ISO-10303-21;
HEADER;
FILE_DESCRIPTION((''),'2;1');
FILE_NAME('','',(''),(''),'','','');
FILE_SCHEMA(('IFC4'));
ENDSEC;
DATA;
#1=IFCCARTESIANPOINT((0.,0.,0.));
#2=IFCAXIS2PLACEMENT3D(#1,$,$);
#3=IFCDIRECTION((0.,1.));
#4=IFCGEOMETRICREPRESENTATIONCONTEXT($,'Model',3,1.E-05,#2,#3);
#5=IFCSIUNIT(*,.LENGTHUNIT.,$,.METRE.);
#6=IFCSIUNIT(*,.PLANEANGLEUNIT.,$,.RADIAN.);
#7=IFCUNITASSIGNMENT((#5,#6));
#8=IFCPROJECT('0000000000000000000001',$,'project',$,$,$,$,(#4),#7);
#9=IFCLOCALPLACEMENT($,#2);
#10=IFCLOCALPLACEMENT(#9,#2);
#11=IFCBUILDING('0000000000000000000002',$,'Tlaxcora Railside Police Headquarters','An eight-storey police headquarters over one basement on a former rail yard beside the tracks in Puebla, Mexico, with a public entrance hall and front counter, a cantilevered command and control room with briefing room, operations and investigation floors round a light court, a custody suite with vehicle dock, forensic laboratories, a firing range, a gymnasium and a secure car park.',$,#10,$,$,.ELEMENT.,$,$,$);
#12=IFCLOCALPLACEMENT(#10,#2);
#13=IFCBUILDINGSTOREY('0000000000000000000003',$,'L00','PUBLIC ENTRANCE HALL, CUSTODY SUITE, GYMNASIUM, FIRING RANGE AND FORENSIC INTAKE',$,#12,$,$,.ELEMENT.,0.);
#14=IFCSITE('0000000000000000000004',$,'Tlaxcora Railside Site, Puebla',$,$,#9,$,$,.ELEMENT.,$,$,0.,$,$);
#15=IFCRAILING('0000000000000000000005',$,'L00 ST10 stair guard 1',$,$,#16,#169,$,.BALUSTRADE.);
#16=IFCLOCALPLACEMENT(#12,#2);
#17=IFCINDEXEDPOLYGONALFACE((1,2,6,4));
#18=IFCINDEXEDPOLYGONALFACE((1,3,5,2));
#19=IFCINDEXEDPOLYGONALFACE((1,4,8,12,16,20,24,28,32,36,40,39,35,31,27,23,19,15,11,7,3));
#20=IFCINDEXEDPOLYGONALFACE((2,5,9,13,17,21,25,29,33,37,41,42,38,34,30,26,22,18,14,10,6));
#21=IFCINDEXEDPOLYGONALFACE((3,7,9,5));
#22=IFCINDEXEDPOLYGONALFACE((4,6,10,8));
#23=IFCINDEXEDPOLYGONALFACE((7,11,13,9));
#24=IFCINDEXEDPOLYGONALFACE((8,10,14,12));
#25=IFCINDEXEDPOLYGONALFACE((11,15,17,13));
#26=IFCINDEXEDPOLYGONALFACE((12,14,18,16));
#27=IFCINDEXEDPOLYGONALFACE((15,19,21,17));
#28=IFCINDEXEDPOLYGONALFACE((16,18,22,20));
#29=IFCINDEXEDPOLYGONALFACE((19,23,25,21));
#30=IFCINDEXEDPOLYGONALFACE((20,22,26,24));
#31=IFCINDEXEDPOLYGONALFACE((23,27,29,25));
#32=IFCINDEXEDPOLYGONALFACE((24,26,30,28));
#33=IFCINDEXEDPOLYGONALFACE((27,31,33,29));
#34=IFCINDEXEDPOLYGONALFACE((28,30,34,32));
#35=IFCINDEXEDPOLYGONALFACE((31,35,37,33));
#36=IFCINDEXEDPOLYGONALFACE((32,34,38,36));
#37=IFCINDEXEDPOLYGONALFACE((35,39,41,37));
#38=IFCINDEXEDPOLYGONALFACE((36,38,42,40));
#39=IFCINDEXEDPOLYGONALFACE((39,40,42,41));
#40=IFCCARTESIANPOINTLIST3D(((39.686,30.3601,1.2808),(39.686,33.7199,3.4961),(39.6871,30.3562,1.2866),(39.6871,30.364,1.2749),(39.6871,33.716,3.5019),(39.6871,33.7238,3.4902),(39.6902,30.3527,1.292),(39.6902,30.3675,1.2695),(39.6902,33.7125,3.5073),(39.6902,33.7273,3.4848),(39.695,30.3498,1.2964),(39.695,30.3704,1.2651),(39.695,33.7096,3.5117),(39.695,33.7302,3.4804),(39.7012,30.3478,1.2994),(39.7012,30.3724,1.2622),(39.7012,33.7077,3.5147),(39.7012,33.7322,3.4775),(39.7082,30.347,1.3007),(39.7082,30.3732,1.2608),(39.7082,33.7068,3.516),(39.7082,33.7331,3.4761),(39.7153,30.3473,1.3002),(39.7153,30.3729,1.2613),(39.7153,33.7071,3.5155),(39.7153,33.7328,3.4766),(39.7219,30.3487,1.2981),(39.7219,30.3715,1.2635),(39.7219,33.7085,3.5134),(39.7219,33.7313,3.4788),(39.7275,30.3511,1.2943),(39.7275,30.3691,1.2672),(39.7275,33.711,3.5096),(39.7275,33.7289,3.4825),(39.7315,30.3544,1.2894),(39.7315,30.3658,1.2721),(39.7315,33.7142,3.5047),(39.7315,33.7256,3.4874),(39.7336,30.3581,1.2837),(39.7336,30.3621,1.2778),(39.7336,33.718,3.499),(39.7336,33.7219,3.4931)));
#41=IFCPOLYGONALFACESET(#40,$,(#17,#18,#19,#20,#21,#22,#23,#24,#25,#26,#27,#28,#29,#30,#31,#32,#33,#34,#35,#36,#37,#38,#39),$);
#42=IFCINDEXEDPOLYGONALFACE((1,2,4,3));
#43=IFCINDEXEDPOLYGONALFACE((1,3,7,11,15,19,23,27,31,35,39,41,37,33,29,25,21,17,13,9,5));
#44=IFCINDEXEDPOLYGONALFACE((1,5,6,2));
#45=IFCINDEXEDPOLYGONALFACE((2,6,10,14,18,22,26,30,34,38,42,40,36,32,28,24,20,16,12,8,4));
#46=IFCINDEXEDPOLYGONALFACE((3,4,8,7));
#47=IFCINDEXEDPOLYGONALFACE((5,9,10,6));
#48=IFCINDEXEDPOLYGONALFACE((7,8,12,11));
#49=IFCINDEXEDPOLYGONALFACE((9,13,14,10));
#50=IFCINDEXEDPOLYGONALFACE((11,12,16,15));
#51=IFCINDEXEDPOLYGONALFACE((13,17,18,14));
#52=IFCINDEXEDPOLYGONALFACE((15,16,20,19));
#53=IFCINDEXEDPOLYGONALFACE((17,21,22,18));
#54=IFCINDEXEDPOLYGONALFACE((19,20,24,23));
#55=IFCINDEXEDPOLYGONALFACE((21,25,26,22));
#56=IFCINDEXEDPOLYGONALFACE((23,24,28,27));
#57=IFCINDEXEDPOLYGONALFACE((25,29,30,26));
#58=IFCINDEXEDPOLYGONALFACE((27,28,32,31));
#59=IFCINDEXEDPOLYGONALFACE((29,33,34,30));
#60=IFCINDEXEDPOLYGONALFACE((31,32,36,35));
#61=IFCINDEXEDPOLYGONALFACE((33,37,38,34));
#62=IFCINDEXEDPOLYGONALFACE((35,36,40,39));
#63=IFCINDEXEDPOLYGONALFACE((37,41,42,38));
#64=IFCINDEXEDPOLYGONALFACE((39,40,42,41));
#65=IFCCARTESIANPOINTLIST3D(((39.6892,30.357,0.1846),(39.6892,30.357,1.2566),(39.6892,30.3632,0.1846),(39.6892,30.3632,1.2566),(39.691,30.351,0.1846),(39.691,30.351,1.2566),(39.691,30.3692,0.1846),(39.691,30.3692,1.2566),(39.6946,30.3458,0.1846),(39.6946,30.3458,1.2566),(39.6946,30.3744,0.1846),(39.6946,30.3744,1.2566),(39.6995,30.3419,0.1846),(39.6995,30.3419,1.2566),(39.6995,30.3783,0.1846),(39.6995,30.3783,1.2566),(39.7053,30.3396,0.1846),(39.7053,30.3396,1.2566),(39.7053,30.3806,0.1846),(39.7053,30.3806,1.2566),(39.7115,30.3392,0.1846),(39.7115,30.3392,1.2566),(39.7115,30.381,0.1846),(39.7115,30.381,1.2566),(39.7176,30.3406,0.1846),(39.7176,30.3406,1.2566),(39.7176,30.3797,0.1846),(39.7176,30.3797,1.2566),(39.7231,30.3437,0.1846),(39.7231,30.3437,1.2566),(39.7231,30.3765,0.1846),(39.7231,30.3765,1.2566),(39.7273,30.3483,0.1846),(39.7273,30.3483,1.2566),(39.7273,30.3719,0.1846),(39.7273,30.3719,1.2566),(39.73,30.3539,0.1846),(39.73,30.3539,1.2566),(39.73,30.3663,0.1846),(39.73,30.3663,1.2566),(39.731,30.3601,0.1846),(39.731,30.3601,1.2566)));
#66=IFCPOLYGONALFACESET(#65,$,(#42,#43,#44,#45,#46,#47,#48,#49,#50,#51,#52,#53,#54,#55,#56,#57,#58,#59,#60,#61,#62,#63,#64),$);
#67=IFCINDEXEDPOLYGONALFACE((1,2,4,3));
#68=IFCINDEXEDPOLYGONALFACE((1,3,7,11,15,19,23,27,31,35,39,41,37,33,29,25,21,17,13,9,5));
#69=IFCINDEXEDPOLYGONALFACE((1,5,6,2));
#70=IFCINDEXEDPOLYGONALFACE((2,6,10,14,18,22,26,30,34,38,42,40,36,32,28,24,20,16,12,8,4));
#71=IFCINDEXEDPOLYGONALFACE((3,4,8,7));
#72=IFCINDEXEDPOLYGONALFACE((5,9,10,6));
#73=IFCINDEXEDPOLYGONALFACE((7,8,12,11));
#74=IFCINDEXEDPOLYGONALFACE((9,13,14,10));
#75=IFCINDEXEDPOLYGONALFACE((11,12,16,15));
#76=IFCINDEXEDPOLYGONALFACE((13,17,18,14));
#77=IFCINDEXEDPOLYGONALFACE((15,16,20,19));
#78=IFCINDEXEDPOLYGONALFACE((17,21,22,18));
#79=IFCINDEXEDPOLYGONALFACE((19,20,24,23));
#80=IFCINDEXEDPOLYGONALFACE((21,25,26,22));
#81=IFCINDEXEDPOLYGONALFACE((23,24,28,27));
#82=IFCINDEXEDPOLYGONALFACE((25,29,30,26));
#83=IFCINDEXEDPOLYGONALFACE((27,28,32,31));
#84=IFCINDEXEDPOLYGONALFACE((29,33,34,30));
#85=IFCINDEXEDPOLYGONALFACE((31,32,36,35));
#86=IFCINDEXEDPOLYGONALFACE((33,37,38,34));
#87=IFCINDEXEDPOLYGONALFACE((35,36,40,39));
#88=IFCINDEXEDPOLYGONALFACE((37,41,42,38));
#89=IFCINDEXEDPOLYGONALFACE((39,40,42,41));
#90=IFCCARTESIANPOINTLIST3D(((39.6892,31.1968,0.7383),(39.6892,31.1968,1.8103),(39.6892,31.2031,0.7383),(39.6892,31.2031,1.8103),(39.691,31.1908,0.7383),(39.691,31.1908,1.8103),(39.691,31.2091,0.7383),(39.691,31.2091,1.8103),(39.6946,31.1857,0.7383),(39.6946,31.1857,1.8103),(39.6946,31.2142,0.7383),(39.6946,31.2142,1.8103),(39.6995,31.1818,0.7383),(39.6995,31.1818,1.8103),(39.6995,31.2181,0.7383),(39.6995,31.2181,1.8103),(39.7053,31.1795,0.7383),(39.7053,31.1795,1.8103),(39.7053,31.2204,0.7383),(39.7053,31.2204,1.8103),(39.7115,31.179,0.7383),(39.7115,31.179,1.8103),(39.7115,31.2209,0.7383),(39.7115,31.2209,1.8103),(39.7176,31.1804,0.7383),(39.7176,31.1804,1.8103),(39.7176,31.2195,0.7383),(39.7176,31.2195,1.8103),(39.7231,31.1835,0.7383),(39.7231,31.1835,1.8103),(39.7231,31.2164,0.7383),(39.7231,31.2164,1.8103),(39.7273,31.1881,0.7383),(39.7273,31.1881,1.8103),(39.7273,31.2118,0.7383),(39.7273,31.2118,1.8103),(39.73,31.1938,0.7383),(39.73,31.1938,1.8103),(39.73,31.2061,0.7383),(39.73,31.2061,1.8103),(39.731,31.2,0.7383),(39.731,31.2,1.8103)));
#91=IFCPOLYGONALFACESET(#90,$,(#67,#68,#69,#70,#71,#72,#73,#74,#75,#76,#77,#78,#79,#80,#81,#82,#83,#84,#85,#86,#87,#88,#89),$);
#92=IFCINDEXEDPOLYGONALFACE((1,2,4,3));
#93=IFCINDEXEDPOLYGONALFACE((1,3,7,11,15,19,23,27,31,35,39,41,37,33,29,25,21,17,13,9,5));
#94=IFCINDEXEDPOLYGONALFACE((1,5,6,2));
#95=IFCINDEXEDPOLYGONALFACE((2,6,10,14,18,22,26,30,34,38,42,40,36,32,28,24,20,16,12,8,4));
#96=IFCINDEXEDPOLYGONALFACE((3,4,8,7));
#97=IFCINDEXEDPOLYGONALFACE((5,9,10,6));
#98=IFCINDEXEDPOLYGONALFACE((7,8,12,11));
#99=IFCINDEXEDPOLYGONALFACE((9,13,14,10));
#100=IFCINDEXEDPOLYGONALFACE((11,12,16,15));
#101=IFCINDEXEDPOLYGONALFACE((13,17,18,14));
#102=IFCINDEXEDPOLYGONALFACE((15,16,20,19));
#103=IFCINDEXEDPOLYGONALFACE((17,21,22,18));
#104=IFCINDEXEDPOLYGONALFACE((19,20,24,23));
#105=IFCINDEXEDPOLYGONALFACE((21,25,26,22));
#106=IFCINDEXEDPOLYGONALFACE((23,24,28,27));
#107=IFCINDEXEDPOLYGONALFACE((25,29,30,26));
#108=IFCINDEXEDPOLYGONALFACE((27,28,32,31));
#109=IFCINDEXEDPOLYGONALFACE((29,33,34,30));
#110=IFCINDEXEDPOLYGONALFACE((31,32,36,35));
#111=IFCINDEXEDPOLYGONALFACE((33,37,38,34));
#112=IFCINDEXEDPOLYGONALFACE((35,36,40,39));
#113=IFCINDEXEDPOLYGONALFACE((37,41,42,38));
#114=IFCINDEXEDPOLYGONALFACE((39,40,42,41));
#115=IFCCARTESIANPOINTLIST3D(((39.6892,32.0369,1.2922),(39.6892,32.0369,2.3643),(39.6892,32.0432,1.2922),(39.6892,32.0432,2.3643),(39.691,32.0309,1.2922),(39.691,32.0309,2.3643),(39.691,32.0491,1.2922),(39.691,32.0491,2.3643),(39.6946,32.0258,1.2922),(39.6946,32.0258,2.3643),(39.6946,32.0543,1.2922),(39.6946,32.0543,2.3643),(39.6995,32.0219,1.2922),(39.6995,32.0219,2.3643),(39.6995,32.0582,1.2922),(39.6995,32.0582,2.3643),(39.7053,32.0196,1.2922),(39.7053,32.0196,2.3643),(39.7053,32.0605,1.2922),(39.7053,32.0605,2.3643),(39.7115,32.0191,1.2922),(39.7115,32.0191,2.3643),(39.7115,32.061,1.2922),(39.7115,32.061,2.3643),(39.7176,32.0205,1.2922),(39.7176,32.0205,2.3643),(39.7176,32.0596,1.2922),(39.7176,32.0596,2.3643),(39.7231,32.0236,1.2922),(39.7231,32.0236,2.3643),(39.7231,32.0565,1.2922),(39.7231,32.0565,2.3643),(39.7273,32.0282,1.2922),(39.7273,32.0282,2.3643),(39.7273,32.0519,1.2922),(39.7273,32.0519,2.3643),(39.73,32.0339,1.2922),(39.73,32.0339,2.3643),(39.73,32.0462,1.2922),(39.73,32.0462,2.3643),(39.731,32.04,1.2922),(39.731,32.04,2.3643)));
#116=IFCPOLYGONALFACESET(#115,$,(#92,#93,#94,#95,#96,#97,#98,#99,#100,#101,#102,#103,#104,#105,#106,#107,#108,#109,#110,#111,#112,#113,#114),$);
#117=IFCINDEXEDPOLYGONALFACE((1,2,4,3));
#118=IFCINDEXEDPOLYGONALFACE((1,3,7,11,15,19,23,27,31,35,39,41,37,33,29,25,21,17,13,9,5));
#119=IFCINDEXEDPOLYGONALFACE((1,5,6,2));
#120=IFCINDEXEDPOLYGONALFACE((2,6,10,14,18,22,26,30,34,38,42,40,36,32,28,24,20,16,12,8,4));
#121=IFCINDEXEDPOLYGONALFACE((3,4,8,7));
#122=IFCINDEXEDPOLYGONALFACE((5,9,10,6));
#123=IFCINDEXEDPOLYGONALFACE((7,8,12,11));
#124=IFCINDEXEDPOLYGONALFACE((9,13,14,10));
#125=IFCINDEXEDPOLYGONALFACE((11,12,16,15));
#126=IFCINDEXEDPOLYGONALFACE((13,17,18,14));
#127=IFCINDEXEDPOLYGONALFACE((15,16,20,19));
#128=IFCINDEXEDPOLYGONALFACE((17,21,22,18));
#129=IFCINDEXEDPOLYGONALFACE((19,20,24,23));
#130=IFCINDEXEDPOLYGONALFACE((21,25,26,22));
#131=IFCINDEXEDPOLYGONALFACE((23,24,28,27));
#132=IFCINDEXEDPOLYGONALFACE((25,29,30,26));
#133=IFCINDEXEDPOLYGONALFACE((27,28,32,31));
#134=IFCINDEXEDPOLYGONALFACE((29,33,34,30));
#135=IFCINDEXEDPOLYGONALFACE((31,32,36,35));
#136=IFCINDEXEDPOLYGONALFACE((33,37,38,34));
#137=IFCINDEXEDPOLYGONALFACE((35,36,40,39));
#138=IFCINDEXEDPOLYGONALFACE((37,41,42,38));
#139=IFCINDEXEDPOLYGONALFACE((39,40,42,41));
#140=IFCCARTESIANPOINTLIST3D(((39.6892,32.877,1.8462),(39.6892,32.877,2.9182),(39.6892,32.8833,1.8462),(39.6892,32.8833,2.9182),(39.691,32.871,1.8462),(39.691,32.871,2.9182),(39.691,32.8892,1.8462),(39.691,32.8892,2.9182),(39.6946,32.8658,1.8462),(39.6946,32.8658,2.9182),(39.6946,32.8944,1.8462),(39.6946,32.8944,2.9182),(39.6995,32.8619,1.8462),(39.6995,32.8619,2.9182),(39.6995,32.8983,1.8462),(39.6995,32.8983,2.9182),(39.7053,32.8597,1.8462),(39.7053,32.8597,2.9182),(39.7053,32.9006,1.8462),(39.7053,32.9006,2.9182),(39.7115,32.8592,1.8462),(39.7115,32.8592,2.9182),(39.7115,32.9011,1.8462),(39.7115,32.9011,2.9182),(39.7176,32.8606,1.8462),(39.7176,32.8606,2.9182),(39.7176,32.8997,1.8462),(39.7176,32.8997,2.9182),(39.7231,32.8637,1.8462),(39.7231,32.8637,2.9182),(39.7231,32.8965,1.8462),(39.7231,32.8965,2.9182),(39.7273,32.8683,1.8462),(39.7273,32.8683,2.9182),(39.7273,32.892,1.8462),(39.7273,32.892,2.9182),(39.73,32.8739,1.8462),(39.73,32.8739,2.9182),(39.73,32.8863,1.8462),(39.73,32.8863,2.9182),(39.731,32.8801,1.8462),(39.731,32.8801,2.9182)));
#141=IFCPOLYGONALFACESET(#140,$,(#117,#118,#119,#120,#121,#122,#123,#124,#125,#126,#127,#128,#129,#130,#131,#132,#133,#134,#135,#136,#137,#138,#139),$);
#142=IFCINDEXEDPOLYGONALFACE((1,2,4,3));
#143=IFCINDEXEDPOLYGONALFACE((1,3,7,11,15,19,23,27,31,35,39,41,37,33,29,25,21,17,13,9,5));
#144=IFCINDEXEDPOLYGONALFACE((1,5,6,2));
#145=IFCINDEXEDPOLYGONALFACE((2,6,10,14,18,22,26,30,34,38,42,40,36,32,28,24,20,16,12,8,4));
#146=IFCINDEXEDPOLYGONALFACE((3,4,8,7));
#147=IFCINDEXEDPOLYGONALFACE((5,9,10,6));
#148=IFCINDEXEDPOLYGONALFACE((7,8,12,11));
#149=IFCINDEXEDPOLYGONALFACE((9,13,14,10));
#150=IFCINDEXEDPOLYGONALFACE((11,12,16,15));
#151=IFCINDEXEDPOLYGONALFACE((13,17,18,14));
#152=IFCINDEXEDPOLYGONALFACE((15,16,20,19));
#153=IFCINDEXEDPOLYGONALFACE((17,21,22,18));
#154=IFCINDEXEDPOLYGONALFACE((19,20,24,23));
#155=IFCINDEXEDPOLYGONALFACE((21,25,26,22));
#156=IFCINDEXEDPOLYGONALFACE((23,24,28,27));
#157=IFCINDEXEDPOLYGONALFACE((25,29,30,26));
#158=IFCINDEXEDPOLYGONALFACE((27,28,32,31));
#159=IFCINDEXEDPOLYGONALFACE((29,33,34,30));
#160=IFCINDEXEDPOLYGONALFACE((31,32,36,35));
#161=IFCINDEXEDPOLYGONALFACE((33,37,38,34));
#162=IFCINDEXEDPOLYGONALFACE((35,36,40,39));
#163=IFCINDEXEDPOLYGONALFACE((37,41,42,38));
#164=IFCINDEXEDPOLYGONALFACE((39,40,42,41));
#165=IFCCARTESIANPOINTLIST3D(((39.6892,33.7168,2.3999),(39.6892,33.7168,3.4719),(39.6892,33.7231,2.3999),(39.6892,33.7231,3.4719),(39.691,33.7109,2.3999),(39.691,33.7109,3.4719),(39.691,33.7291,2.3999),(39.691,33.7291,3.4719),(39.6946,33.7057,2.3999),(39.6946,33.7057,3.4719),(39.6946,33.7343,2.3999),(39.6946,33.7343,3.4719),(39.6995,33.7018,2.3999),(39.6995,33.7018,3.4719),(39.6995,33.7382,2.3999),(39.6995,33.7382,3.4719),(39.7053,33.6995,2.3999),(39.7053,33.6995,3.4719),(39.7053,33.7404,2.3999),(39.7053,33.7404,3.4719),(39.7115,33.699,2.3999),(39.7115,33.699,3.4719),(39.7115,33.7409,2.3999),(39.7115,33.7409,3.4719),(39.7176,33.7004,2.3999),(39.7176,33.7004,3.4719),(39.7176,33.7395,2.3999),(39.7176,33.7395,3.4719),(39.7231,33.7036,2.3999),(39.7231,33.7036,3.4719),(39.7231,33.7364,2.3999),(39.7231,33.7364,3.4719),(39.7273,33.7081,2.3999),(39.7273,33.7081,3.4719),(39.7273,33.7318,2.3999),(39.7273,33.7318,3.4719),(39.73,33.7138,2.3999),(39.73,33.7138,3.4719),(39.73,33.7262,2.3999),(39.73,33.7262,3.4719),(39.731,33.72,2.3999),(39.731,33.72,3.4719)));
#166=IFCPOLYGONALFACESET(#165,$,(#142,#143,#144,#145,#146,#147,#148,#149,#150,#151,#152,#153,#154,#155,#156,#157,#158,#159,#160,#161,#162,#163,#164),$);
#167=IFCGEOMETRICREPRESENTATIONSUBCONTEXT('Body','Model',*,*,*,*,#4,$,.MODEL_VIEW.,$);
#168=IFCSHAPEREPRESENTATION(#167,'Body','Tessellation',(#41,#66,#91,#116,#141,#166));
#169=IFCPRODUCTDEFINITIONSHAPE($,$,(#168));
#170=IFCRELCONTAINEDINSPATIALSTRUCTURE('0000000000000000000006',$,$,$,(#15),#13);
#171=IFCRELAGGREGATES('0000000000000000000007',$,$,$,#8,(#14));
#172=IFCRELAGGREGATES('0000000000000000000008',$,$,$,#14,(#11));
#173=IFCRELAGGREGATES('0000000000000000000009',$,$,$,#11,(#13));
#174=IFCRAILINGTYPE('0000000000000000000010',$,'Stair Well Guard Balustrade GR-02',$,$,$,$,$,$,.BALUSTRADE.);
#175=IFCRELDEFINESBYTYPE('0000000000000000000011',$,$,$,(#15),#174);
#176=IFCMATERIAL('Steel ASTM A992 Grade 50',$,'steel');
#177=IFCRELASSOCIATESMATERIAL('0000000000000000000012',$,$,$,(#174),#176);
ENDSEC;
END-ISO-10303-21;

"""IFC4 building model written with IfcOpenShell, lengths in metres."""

from ifc_helpers import new_model, si_unit, direction, frame, origin, origin_2d, place, context, subcontext, project, spatial, circle, extrude, material, type_object, element, save


model = new_model("IFC4")

# Units and contexts
model_context = context("Model", 3, precision=1e-05, world=origin(), true_north=direction((0.0, 1.0)))
body_context = subcontext(model_context, "Body", "Model", "MODEL_VIEW")
ifc_project = project(units=[si_unit("LENGTHUNIT", "METRE"), si_unit("PLANEANGLEUNIT", "RADIAN")], contexts=[model_context])

# Site, building, storey
site_placement = place(None, origin())
site = spatial("IfcSite", under=ifc_project, at=site_placement, Name="Tlaxcora Railside Site, Puebla", CompositionType="ELEMENT", RefElevation=0.0)
building_placement = place(site_placement, origin())
building = spatial("IfcBuilding", under=site, at=building_placement, Name="Tlaxcora Railside Police Headquarters", Description="An eight-storey police headquarters over one basement on a former rail yard beside the tracks in Puebla, Mexico, with a public entrance hall and front counter, a cantilevered command and control room with briefing room, operations and investigation floors round a light court, a custody suite with vehicle dock, forensic laboratories, a firing range, a gymnasium and a secure car park.", CompositionType="ELEMENT")
storey_placement = place(building_placement, origin())
storey = spatial("IfcBuildingStorey", under=building, at=storey_placement, Name="L00", Description="PUBLIC ENTRANCE HALL, CUSTODY SUITE, GYMNASIUM, FIRING RANGE AND FORENSIC INTAKE", CompositionType="ELEMENT", Elevation=0.0)

# Shared definitions
ifc_material_1 = material(Name="Steel ASTM A992 Grade 50", Category="steel")

# Railing
railing_type_1 = type_object("IfcRailingType", Name="Stair Well Guard Balustrade GR-02", PredefinedType="BALUSTRADE", material=ifc_material_1)
railing_1_placement = place(storey_placement, frame((39.71, 30.3601, 0.1846)))
element("IfcRailing", 1, at=railing_1_placement, inside=storey, type_object=railing_type_1, Name="L00 ST10 stair guard 1", PredefinedType="BALUSTRADE", context=body_context, shape_type="SweptSolid", body=[
    extrude(circle(Radius=0.0239, at=origin_2d()), frame((0.0, 0.0, 1.0962), z_axis=(0.0, 0.834858, 0.550465), x_axis=(-1.0, 0.0, 0.0)), (0.0, 0.0, 1.0), 4.0244),
    extrude(circle(Radius=0.021, at=origin_2d()), origin(), (0.0, 0.0, 1.0), 1.072),
    extrude(circle(Radius=0.021, at=origin_2d()), frame((0.0, 0.8398, 0.5537)), (0.0, 0.0, 1.0), 1.072),
    extrude(circle(Radius=0.021, at=origin_2d()), frame((0.0, 1.6799, 1.1077)), (0.0, 0.0, 1.0), 1.072),
    extrude(circle(Radius=0.021, at=origin_2d()), frame((0.0, 2.52, 1.6616)), (0.0, 0.0, 1.0), 1.072),
    extrude(circle(Radius=0.021, at=origin_2d()), frame((0.0, 3.3599, 2.2153)), (0.0, 0.0, 1.0), 1.072),
])

save(model, "model.ifc")
